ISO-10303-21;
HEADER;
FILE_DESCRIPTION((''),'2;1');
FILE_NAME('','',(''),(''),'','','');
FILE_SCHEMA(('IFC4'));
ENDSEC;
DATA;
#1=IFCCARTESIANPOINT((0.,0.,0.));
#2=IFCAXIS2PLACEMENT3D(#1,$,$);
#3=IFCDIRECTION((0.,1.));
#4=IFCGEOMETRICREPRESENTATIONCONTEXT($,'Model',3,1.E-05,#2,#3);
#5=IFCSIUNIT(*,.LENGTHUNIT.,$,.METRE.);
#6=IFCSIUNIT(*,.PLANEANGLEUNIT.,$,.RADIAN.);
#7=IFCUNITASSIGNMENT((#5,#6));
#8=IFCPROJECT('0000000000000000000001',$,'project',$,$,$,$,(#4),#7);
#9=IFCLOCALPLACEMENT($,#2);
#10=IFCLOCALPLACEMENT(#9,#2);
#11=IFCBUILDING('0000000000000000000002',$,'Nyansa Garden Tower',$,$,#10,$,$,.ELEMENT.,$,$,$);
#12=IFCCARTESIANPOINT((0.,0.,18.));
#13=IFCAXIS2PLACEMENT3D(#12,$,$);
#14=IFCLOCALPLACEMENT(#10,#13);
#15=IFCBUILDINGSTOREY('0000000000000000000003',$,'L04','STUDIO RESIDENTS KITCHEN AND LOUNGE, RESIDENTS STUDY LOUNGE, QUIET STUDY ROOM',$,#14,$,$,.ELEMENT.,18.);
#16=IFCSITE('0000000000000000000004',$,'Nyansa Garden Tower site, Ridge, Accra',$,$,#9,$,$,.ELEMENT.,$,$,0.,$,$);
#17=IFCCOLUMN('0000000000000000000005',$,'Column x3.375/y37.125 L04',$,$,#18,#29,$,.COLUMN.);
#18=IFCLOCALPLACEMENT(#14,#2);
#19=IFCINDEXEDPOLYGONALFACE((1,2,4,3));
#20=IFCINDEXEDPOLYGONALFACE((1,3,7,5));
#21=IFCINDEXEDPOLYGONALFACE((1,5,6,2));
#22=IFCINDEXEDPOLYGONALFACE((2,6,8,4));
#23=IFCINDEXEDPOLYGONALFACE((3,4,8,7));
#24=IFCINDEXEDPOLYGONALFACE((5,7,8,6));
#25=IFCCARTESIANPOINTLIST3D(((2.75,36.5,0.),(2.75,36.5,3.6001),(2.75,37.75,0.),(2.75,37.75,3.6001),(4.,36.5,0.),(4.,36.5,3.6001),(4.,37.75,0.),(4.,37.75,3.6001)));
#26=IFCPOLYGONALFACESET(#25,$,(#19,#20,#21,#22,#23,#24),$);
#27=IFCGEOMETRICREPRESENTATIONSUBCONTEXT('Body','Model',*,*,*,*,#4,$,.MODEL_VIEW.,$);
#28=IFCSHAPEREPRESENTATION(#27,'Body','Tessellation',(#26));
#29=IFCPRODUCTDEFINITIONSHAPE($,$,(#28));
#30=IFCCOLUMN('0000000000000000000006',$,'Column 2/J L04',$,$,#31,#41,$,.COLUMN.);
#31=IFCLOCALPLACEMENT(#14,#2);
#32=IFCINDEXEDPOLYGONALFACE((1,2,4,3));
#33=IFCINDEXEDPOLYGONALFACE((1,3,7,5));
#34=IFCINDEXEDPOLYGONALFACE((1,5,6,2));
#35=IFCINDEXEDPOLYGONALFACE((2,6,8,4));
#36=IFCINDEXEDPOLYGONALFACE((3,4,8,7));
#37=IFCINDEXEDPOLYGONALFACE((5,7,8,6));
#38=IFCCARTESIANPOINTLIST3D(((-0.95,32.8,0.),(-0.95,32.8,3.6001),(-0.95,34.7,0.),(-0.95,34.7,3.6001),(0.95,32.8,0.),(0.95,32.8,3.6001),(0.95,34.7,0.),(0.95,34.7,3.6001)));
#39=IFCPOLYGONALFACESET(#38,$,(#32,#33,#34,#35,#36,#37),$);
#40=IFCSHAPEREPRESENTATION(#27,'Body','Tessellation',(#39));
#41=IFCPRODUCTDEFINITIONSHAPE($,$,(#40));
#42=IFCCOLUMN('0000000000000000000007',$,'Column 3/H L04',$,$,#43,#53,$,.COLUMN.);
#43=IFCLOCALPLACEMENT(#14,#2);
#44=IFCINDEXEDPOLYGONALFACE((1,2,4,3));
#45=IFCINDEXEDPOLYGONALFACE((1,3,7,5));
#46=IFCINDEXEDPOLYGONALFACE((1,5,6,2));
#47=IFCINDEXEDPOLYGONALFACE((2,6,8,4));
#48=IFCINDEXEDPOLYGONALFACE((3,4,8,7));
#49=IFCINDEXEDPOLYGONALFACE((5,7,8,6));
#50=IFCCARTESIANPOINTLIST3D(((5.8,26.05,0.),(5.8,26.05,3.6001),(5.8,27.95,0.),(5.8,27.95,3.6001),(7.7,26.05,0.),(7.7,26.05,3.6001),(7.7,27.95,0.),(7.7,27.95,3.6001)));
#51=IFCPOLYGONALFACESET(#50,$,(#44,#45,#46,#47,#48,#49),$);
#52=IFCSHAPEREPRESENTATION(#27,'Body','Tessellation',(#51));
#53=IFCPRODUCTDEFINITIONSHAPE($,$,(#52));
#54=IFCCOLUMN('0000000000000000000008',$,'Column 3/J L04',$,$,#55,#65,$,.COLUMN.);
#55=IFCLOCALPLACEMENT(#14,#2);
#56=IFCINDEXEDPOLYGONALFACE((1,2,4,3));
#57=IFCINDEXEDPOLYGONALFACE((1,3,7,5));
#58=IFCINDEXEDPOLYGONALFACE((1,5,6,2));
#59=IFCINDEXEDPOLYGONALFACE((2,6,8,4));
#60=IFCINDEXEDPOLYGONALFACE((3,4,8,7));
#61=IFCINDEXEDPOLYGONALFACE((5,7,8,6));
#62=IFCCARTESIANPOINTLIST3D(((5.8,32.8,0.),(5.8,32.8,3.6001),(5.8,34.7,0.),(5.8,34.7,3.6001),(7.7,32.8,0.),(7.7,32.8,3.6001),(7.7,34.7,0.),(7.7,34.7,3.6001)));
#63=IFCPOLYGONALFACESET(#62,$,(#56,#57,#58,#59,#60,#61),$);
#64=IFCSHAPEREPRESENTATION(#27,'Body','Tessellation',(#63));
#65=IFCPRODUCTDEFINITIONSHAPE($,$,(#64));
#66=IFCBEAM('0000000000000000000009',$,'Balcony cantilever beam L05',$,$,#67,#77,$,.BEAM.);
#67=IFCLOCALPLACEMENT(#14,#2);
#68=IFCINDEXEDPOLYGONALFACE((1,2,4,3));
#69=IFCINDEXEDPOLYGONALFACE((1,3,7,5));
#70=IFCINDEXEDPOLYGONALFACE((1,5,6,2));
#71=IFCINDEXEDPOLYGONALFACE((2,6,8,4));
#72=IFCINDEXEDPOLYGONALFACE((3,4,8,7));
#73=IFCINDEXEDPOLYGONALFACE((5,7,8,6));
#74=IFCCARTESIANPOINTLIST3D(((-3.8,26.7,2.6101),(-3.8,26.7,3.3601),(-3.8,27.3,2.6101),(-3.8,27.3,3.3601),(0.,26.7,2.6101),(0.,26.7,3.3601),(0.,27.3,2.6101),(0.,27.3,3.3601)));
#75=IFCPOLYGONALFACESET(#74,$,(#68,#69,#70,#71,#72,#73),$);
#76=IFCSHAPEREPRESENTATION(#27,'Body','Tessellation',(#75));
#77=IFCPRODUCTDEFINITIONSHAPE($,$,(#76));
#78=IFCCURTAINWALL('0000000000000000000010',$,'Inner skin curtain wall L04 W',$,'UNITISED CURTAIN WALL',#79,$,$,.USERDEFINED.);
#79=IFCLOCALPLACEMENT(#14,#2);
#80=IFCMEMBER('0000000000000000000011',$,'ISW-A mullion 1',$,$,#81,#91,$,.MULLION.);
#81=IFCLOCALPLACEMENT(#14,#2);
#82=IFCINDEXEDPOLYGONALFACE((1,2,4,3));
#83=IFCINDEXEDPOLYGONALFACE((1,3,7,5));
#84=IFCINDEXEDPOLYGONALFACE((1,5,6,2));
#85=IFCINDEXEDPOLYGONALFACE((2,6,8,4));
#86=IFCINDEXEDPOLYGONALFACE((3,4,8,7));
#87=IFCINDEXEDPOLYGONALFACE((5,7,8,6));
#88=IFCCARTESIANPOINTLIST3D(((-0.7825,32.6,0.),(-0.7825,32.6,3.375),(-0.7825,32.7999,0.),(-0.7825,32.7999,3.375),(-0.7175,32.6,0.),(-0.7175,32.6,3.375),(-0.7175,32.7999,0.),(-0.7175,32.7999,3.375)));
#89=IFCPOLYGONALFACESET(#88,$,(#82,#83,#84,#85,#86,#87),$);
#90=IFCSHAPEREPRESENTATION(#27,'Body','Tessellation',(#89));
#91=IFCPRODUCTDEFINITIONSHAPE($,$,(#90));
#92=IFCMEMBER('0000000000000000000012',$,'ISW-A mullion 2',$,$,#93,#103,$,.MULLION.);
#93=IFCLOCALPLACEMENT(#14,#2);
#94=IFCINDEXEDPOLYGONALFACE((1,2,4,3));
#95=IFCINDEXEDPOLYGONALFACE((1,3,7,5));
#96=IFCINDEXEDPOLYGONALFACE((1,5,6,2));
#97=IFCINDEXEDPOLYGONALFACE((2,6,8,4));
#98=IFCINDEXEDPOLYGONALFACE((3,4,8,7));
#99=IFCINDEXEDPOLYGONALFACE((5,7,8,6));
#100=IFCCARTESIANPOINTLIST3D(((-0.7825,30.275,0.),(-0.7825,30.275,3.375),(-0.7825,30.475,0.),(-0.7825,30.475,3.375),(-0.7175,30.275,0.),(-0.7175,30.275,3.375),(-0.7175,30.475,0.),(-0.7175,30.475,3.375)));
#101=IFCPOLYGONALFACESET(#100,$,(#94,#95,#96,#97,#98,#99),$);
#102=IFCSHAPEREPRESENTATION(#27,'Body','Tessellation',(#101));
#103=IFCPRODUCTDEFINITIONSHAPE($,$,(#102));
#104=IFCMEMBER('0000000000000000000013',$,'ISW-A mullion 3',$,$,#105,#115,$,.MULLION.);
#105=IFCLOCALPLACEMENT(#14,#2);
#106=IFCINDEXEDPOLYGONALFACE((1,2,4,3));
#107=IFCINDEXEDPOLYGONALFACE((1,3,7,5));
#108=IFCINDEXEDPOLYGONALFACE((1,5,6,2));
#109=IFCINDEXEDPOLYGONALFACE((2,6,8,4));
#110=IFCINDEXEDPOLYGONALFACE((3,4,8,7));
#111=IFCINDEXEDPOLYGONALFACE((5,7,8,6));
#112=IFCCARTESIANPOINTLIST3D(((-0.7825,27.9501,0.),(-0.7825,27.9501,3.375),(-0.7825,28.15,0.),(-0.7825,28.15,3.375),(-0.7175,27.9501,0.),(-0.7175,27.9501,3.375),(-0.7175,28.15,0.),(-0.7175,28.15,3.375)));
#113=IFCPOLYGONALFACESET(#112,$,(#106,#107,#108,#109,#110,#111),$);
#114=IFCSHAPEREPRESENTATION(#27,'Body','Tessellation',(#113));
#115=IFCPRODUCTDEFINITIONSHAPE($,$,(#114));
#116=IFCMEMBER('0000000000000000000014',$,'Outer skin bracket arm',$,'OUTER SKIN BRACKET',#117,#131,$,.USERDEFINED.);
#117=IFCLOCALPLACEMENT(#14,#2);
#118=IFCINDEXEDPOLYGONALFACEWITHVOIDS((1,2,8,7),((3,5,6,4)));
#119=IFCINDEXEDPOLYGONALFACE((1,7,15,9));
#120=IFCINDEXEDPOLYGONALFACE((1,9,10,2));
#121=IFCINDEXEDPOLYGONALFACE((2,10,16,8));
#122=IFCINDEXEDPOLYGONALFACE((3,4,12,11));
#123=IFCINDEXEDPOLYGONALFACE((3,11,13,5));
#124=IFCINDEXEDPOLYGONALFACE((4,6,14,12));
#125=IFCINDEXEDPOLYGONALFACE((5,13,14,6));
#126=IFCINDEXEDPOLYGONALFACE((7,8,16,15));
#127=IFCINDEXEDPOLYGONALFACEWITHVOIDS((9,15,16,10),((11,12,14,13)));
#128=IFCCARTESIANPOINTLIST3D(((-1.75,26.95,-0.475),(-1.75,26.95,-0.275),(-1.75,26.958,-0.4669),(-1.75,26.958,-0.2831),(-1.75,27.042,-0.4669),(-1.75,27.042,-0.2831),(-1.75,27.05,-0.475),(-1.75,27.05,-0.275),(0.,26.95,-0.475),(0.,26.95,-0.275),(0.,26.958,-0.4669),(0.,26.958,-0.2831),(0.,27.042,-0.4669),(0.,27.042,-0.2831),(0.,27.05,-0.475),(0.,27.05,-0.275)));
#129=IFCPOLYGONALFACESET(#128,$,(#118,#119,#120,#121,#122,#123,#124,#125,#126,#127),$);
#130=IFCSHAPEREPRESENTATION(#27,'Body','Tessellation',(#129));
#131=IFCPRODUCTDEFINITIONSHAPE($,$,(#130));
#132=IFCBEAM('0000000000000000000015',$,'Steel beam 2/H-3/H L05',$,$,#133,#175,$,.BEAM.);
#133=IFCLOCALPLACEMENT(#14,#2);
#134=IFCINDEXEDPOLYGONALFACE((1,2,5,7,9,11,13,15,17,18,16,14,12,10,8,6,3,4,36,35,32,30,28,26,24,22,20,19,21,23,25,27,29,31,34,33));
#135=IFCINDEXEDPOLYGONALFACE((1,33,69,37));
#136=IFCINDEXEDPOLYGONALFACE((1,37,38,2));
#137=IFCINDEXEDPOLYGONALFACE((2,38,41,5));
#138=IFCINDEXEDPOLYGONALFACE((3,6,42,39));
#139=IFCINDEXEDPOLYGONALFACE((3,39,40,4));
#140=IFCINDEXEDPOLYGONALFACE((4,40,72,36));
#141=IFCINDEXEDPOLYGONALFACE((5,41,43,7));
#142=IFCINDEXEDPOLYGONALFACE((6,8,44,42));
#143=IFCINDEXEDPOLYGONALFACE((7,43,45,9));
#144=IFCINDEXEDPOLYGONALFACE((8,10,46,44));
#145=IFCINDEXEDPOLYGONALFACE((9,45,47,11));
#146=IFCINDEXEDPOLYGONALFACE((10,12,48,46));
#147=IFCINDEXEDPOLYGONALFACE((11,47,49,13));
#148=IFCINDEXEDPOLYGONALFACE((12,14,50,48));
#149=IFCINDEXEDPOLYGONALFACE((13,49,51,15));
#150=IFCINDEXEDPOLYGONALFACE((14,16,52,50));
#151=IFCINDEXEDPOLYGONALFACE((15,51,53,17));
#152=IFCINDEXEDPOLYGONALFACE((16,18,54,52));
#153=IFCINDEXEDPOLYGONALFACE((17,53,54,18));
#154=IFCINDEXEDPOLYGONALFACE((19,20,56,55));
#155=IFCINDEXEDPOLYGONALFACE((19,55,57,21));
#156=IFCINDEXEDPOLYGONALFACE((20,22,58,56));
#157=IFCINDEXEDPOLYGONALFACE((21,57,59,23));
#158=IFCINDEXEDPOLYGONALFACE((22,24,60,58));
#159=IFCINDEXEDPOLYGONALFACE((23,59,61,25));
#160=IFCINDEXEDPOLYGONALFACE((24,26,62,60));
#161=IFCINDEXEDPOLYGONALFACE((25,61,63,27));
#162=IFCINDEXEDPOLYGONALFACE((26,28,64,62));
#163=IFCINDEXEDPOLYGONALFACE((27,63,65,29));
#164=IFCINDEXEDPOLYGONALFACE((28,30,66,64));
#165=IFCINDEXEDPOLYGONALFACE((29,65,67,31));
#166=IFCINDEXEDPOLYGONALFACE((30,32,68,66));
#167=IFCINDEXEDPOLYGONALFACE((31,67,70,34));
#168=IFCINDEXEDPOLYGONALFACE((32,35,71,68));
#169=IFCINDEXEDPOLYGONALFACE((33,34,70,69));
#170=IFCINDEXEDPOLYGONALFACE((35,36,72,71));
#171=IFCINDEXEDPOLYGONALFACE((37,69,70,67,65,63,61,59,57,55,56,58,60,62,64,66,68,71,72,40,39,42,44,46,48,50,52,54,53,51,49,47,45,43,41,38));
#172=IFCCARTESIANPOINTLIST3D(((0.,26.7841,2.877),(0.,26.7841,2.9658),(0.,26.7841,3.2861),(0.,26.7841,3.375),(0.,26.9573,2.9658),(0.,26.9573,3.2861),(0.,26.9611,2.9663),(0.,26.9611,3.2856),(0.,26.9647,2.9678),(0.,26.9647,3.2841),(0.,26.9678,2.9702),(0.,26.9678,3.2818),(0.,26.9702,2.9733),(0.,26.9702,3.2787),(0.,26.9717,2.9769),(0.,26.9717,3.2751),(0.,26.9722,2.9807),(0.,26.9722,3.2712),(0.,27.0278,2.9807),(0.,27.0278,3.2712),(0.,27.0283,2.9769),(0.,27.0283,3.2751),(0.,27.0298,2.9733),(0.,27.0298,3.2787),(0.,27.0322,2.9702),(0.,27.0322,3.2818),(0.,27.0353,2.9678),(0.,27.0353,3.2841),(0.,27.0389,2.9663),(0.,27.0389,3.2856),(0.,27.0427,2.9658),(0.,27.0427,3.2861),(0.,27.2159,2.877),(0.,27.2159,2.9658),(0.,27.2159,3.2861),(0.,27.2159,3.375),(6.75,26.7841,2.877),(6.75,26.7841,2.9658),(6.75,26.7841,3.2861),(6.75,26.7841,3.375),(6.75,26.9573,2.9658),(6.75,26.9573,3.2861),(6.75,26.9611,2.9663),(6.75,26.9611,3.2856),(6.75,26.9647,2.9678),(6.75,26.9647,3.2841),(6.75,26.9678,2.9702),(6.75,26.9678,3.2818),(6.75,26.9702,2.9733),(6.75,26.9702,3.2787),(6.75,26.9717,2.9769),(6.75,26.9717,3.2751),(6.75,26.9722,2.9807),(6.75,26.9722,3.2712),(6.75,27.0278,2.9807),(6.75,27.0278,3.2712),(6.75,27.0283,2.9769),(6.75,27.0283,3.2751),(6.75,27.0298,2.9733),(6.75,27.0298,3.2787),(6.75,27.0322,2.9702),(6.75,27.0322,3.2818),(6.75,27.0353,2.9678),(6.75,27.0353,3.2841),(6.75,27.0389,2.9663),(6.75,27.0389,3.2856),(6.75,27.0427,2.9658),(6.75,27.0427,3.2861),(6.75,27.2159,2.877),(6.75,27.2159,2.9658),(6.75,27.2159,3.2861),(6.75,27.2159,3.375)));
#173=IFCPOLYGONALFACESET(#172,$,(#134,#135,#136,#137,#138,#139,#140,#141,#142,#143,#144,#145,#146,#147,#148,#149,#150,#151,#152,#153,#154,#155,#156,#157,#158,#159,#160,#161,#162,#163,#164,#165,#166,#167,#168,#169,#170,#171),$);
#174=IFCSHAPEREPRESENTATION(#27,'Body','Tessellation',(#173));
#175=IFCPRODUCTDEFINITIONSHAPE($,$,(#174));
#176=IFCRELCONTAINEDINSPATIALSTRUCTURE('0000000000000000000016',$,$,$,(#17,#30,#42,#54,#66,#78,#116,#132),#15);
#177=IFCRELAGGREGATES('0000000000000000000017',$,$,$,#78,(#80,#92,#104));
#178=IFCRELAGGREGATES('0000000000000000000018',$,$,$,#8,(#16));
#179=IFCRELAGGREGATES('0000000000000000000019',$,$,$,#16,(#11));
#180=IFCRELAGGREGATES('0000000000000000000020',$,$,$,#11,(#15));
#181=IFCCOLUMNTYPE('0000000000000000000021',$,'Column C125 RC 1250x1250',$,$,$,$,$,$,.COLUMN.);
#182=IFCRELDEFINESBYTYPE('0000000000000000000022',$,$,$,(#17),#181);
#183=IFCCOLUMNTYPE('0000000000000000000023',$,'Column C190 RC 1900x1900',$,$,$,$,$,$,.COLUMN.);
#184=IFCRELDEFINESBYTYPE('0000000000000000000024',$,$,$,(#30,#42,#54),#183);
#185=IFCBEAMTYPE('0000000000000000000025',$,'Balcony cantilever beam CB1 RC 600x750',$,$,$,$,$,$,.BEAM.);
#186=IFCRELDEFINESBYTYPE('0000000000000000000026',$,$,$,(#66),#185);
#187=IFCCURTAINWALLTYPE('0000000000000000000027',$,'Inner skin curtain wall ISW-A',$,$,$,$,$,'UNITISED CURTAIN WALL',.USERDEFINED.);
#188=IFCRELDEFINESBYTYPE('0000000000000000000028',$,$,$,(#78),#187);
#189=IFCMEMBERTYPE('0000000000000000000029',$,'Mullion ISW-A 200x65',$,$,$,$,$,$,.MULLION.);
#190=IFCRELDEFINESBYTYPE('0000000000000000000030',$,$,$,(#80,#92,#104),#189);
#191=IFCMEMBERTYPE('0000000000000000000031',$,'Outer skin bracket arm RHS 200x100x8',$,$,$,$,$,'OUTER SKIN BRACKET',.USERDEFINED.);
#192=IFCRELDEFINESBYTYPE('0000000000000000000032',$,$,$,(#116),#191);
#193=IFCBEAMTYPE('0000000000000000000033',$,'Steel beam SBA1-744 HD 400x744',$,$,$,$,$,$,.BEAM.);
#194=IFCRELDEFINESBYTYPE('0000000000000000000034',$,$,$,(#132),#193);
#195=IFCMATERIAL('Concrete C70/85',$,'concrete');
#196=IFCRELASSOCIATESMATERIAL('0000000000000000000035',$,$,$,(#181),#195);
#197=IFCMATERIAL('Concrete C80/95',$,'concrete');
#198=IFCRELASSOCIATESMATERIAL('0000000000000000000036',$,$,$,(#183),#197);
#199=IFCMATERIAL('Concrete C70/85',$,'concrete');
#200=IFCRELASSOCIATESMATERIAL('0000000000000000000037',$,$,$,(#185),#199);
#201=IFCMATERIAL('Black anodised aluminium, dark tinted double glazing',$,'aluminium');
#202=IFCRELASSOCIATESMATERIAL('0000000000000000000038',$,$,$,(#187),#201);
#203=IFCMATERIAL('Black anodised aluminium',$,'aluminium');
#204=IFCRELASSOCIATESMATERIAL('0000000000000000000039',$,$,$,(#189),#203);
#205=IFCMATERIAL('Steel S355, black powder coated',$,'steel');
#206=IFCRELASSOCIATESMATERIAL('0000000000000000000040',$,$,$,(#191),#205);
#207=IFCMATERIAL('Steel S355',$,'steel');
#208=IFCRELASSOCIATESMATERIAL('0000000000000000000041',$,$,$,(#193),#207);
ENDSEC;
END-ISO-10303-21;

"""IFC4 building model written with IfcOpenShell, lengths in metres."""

from ifc_helpers import new_model, si_unit, direction, frame, origin, origin_2d, place, context, subcontext, project, spatial, rectangle, hollow_rectangle, i_section, extrude, material, material_profile, profile_set, type_object, element, aggregate, save


model = new_model("IFC4")

# Units and contexts
model_context = context("Model", 3, precision=1e-05, world=origin(), true_north=direction((0.0, 1.0)))
body_context = subcontext(model_context, "Body", "Model", "MODEL_VIEW")
ifc_project = project(units=[si_unit("LENGTHUNIT", "METRE"), si_unit("PLANEANGLEUNIT", "RADIAN")], contexts=[model_context])

# Site, building, storey
site_placement = place(None, origin())
site = spatial("IfcSite", under=ifc_project, at=site_placement, Name="Nyansa Garden Tower site, Ridge, Accra", CompositionType="ELEMENT", RefElevation=0.0)
building_placement = place(site_placement, origin())
building = spatial("IfcBuilding", under=site, at=building_placement, Name="Nyansa Garden Tower", CompositionType="ELEMENT")
storey_placement = place(building_placement, frame((0.0, 0.0, 18.0)))
storey = spatial("IfcBuildingStorey", under=building, at=storey_placement, Name="L04", Description="STUDIO RESIDENTS KITCHEN AND LOUNGE, RESIDENTS STUDY LOUNGE, QUIET STUDY ROOM", CompositionType="ELEMENT", Elevation=18.0)

# Columns
ifc_material_1 = material(Name="Concrete C70/85", Category="concrete")
ifc_material_profile_1 = material_profile(ifc_material_1, rectangle(XDim=1.25, YDim=1.25, at=origin_2d()), Name="RC 1250x1250")
ifc_profile_set_1 = profile_set([ifc_material_profile_1], Name="Concrete C70/85")
column_type_1 = type_object("IfcColumnType", Name="Column C125 RC 1250x1250", PredefinedType="COLUMN", material=ifc_profile_set_1)
column_placement = place(storey_placement, frame((3.375, 37.125, 0.0), z_axis=(0.0, 0.0, 1.0), x_axis=(1.0, 0.0, 0.0)))
element("IfcColumn", 1, at=column_placement, inside=storey, type_object=column_type_1, Name="Column x3.375/y37.125 L04", PredefinedType="COLUMN", context=body_context, shape_type="SweptSolid", body=[
    extrude(rectangle(XDim=1.25, YDim=1.25, at=origin_2d()), origin(), (0.0, 0.0, 1.0), 3.6001),
])
ifc_material_2 = material(Name="Concrete C80/95", Category="concrete")
ifc_material_profile_2 = material_profile(ifc_material_2, rectangle(XDim=1.8999, YDim=1.8999, at=origin_2d()), Name="RC 1900x1900")
ifc_profile_set_2 = profile_set([ifc_material_profile_2], Name="Concrete C80/95")
column_type_2 = type_object("IfcColumnType", Name="Column C190 RC 1900x1900", PredefinedType="COLUMN", material=ifc_profile_set_2)
for number, where, z_axis, x_axis, name in (
    (2, (0.0, 33.75, 0.0), (0.0, 0.0, 1.0), (1.0, 0.0, 0.0), "Column 2/J L04"),
    (3, (6.75, 27.0, 0.0), (0.0, 0.0, 1.0), (1.0, 0.0, 0.0), "Column 3/H L04"),
    (4, (6.75, 33.75, 0.0), (0.0, 0.0, 1.0), (1.0, 0.0, 0.0), "Column 3/J L04"),
):
    element("IfcColumn", number, at=place(storey_placement, frame(where, z_axis=z_axis, x_axis=x_axis)), inside=storey, type_object=column_type_2, Name=name, PredefinedType="COLUMN", context=body_context, shape_type="SweptSolid", body=[
        extrude(rectangle(XDim=1.8999, YDim=1.8999, at=origin_2d()), origin(), (0.0, 0.0, 1.0), 3.6001),
    ])

# Beam
ifc_material_3 = material(Name="Concrete C70/85", Category="concrete")
ifc_material_profile_3 = material_profile(ifc_material_3, rectangle(XDim=0.6001, YDim=0.75, at=origin_2d()), Name="RC 600x750")
ifc_profile_set_3 = profile_set([ifc_material_profile_3], Name="Concrete C70/85")
beam_type_1 = type_object("IfcBeamType", Name="Balcony cantilever beam CB1 RC 600x750", PredefinedType="BEAM", material=ifc_profile_set_3)
beam_1_placement = place(storey_placement, frame((0.0, 27.0, 2.9851), z_axis=(-1.0, 0.0, 0.0), x_axis=(0.0, -1.0, 0.0)))
element("IfcBeam", 5, at=beam_1_placement, inside=storey, type_object=beam_type_1, Name="Balcony cantilever beam L05", PredefinedType="BEAM", context=body_context, shape_type="SweptSolid", body=[
    extrude(rectangle(XDim=0.6001, YDim=0.75, at=origin_2d()), origin(), (0.0, 0.0, 1.0), 3.8),
])

# Curtain wall, members
ifc_material_4 = material(Name="Black anodised aluminium, dark tinted double glazing", Category="aluminium")
curtain_wall_type = type_object("IfcCurtainWallType", Name="Inner skin curtain wall ISW-A", ElementType="UNITISED CURTAIN WALL", PredefinedType="USERDEFINED", material=ifc_material_4)
curtain_wall_placement = place(storey_placement, origin())
curtain_wall = element("IfcCurtainWall", 6, at=curtain_wall_placement, inside=storey, type_object=curtain_wall_type, Name="Inner skin curtain wall L04 W", ObjectType="UNITISED CURTAIN WALL", PredefinedType="USERDEFINED")
ifc_material_5 = material(Name="Black anodised aluminium", Category="aluminium")
ifc_material_profile_4 = material_profile(ifc_material_5, rectangle(XDim=0.0649, YDim=0.2, at=origin_2d()), Name="Mullion 200x65")
ifc_profile_set_4 = profile_set([ifc_material_profile_4], Name="Black anodised aluminium")
member_type_1 = type_object("IfcMemberType", Name="Mullion ISW-A 200x65", PredefinedType="MULLION", material=ifc_profile_set_4)
member_1_placement = place(storey_placement, frame((-0.75, 32.7, 0.0), z_axis=(0.0, 0.0, 1.0), x_axis=(1.0, 0.0, 0.0)))
member_1 = element("IfcMember", 7, at=member_1_placement, type_object=member_type_1, Name="ISW-A mullion 1", PredefinedType="MULLION", context=body_context, shape_type="SweptSolid", body=[
    extrude(rectangle(XDim=0.0649, YDim=0.2, at=origin_2d()), origin(), (0.0, 0.0, 1.0), 3.375),
])
member_2_placement = place(storey_placement, frame((-0.75, 30.375, 0.0), z_axis=(0.0, 0.0, 1.0), x_axis=(1.0, 0.0, 0.0)))
member_2 = element("IfcMember", 8, at=member_2_placement, type_object=member_type_1, Name="ISW-A mullion 2", PredefinedType="MULLION", context=body_context, shape_type="SweptSolid", body=[
    extrude(rectangle(XDim=0.0649, YDim=0.2, at=origin_2d()), origin(), (0.0, 0.0, 1.0), 3.375),
])
member_3_placement = place(storey_placement, frame((-0.75, 28.05, 0.0), z_axis=(0.0, 0.0, 1.0), x_axis=(1.0, 0.0, 0.0)))
member_3 = element("IfcMember", 9, at=member_3_placement, type_object=member_type_1, Name="ISW-A mullion 3", PredefinedType="MULLION", context=body_context, shape_type="SweptSolid", body=[
    extrude(rectangle(XDim=0.0649, YDim=0.2, at=origin_2d()), origin(), (0.0, 0.0, 1.0), 3.375),
])

# Member
ifc_material_6 = material(Name="Steel S355, black powder coated", Category="steel")
ifc_material_profile_5 = material_profile(ifc_material_6, hollow_rectangle(XDim=0.1001, YDim=0.2, WallThickness=0.0081, at=origin_2d()), Name="RHS 200x100x8")
ifc_profile_set_5 = profile_set([ifc_material_profile_5], Name="Steel S355, black powder coated")
member_type_2 = type_object("IfcMemberType", Name="Outer skin bracket arm RHS 200x100x8", ElementType="OUTER SKIN BRACKET", PredefinedType="USERDEFINED", material=ifc_profile_set_5)
member_4_placement = place(storey_placement, frame((0.0, 27.0, -0.375), z_axis=(-1.0, 0.0, 0.0), x_axis=(0.0, -1.0, 0.0)))
element("IfcMember", 10, at=member_4_placement, inside=storey, type_object=member_type_2, Name="Outer skin bracket arm", ObjectType="OUTER SKIN BRACKET", PredefinedType="USERDEFINED", context=body_context, shape_type="SweptSolid", body=[
    extrude(hollow_rectangle(XDim=0.1001, YDim=0.2, WallThickness=0.0081, at=origin_2d()), origin(), (0.0, 0.0, 1.0), 1.75),
])

# Beam
ifc_material_7 = material(Name="Steel S355", Category="steel")
ifc_material_profile_6 = material_profile(ifc_material_7, i_section(OverallWidth=0.4319, OverallDepth=0.498, WebThickness=0.0557, FlangeThickness=0.0889, FilletRadius=0.0149, at=origin_2d()), Name="HD 400x744")
ifc_profile_set_6 = profile_set([ifc_material_profile_6], Name="Steel S355")
beam_type_2 = type_object("IfcBeamType", Name="Steel beam SBA1-744 HD 400x744", PredefinedType="BEAM", material=ifc_profile_set_6)
for number, where, z_axis, x_axis, name in (
    (11, (0.0, 27.0, 3.126), (1.0, 0.0, 0.0), (0.0, 1.0, 0.0), "Steel beam 2/H-3/H L05"),
):
    element("IfcBeam", number, at=place(storey_placement, frame(where, z_axis=z_axis, x_axis=x_axis)), inside=storey, type_object=beam_type_2, Name=name, PredefinedType="BEAM", context=body_context, shape_type="SweptSolid", body=[
        extrude(i_section(OverallWidth=0.4319, OverallDepth=0.498, WebThickness=0.0557, FlangeThickness=0.0889, FilletRadius=0.0149, at=origin_2d()), origin(), (0.0, 0.0, 1.0), 6.75),
    ])

aggregate(curtain_wall, [member_1, member_2, member_3])

save(model, "model.ifc")
